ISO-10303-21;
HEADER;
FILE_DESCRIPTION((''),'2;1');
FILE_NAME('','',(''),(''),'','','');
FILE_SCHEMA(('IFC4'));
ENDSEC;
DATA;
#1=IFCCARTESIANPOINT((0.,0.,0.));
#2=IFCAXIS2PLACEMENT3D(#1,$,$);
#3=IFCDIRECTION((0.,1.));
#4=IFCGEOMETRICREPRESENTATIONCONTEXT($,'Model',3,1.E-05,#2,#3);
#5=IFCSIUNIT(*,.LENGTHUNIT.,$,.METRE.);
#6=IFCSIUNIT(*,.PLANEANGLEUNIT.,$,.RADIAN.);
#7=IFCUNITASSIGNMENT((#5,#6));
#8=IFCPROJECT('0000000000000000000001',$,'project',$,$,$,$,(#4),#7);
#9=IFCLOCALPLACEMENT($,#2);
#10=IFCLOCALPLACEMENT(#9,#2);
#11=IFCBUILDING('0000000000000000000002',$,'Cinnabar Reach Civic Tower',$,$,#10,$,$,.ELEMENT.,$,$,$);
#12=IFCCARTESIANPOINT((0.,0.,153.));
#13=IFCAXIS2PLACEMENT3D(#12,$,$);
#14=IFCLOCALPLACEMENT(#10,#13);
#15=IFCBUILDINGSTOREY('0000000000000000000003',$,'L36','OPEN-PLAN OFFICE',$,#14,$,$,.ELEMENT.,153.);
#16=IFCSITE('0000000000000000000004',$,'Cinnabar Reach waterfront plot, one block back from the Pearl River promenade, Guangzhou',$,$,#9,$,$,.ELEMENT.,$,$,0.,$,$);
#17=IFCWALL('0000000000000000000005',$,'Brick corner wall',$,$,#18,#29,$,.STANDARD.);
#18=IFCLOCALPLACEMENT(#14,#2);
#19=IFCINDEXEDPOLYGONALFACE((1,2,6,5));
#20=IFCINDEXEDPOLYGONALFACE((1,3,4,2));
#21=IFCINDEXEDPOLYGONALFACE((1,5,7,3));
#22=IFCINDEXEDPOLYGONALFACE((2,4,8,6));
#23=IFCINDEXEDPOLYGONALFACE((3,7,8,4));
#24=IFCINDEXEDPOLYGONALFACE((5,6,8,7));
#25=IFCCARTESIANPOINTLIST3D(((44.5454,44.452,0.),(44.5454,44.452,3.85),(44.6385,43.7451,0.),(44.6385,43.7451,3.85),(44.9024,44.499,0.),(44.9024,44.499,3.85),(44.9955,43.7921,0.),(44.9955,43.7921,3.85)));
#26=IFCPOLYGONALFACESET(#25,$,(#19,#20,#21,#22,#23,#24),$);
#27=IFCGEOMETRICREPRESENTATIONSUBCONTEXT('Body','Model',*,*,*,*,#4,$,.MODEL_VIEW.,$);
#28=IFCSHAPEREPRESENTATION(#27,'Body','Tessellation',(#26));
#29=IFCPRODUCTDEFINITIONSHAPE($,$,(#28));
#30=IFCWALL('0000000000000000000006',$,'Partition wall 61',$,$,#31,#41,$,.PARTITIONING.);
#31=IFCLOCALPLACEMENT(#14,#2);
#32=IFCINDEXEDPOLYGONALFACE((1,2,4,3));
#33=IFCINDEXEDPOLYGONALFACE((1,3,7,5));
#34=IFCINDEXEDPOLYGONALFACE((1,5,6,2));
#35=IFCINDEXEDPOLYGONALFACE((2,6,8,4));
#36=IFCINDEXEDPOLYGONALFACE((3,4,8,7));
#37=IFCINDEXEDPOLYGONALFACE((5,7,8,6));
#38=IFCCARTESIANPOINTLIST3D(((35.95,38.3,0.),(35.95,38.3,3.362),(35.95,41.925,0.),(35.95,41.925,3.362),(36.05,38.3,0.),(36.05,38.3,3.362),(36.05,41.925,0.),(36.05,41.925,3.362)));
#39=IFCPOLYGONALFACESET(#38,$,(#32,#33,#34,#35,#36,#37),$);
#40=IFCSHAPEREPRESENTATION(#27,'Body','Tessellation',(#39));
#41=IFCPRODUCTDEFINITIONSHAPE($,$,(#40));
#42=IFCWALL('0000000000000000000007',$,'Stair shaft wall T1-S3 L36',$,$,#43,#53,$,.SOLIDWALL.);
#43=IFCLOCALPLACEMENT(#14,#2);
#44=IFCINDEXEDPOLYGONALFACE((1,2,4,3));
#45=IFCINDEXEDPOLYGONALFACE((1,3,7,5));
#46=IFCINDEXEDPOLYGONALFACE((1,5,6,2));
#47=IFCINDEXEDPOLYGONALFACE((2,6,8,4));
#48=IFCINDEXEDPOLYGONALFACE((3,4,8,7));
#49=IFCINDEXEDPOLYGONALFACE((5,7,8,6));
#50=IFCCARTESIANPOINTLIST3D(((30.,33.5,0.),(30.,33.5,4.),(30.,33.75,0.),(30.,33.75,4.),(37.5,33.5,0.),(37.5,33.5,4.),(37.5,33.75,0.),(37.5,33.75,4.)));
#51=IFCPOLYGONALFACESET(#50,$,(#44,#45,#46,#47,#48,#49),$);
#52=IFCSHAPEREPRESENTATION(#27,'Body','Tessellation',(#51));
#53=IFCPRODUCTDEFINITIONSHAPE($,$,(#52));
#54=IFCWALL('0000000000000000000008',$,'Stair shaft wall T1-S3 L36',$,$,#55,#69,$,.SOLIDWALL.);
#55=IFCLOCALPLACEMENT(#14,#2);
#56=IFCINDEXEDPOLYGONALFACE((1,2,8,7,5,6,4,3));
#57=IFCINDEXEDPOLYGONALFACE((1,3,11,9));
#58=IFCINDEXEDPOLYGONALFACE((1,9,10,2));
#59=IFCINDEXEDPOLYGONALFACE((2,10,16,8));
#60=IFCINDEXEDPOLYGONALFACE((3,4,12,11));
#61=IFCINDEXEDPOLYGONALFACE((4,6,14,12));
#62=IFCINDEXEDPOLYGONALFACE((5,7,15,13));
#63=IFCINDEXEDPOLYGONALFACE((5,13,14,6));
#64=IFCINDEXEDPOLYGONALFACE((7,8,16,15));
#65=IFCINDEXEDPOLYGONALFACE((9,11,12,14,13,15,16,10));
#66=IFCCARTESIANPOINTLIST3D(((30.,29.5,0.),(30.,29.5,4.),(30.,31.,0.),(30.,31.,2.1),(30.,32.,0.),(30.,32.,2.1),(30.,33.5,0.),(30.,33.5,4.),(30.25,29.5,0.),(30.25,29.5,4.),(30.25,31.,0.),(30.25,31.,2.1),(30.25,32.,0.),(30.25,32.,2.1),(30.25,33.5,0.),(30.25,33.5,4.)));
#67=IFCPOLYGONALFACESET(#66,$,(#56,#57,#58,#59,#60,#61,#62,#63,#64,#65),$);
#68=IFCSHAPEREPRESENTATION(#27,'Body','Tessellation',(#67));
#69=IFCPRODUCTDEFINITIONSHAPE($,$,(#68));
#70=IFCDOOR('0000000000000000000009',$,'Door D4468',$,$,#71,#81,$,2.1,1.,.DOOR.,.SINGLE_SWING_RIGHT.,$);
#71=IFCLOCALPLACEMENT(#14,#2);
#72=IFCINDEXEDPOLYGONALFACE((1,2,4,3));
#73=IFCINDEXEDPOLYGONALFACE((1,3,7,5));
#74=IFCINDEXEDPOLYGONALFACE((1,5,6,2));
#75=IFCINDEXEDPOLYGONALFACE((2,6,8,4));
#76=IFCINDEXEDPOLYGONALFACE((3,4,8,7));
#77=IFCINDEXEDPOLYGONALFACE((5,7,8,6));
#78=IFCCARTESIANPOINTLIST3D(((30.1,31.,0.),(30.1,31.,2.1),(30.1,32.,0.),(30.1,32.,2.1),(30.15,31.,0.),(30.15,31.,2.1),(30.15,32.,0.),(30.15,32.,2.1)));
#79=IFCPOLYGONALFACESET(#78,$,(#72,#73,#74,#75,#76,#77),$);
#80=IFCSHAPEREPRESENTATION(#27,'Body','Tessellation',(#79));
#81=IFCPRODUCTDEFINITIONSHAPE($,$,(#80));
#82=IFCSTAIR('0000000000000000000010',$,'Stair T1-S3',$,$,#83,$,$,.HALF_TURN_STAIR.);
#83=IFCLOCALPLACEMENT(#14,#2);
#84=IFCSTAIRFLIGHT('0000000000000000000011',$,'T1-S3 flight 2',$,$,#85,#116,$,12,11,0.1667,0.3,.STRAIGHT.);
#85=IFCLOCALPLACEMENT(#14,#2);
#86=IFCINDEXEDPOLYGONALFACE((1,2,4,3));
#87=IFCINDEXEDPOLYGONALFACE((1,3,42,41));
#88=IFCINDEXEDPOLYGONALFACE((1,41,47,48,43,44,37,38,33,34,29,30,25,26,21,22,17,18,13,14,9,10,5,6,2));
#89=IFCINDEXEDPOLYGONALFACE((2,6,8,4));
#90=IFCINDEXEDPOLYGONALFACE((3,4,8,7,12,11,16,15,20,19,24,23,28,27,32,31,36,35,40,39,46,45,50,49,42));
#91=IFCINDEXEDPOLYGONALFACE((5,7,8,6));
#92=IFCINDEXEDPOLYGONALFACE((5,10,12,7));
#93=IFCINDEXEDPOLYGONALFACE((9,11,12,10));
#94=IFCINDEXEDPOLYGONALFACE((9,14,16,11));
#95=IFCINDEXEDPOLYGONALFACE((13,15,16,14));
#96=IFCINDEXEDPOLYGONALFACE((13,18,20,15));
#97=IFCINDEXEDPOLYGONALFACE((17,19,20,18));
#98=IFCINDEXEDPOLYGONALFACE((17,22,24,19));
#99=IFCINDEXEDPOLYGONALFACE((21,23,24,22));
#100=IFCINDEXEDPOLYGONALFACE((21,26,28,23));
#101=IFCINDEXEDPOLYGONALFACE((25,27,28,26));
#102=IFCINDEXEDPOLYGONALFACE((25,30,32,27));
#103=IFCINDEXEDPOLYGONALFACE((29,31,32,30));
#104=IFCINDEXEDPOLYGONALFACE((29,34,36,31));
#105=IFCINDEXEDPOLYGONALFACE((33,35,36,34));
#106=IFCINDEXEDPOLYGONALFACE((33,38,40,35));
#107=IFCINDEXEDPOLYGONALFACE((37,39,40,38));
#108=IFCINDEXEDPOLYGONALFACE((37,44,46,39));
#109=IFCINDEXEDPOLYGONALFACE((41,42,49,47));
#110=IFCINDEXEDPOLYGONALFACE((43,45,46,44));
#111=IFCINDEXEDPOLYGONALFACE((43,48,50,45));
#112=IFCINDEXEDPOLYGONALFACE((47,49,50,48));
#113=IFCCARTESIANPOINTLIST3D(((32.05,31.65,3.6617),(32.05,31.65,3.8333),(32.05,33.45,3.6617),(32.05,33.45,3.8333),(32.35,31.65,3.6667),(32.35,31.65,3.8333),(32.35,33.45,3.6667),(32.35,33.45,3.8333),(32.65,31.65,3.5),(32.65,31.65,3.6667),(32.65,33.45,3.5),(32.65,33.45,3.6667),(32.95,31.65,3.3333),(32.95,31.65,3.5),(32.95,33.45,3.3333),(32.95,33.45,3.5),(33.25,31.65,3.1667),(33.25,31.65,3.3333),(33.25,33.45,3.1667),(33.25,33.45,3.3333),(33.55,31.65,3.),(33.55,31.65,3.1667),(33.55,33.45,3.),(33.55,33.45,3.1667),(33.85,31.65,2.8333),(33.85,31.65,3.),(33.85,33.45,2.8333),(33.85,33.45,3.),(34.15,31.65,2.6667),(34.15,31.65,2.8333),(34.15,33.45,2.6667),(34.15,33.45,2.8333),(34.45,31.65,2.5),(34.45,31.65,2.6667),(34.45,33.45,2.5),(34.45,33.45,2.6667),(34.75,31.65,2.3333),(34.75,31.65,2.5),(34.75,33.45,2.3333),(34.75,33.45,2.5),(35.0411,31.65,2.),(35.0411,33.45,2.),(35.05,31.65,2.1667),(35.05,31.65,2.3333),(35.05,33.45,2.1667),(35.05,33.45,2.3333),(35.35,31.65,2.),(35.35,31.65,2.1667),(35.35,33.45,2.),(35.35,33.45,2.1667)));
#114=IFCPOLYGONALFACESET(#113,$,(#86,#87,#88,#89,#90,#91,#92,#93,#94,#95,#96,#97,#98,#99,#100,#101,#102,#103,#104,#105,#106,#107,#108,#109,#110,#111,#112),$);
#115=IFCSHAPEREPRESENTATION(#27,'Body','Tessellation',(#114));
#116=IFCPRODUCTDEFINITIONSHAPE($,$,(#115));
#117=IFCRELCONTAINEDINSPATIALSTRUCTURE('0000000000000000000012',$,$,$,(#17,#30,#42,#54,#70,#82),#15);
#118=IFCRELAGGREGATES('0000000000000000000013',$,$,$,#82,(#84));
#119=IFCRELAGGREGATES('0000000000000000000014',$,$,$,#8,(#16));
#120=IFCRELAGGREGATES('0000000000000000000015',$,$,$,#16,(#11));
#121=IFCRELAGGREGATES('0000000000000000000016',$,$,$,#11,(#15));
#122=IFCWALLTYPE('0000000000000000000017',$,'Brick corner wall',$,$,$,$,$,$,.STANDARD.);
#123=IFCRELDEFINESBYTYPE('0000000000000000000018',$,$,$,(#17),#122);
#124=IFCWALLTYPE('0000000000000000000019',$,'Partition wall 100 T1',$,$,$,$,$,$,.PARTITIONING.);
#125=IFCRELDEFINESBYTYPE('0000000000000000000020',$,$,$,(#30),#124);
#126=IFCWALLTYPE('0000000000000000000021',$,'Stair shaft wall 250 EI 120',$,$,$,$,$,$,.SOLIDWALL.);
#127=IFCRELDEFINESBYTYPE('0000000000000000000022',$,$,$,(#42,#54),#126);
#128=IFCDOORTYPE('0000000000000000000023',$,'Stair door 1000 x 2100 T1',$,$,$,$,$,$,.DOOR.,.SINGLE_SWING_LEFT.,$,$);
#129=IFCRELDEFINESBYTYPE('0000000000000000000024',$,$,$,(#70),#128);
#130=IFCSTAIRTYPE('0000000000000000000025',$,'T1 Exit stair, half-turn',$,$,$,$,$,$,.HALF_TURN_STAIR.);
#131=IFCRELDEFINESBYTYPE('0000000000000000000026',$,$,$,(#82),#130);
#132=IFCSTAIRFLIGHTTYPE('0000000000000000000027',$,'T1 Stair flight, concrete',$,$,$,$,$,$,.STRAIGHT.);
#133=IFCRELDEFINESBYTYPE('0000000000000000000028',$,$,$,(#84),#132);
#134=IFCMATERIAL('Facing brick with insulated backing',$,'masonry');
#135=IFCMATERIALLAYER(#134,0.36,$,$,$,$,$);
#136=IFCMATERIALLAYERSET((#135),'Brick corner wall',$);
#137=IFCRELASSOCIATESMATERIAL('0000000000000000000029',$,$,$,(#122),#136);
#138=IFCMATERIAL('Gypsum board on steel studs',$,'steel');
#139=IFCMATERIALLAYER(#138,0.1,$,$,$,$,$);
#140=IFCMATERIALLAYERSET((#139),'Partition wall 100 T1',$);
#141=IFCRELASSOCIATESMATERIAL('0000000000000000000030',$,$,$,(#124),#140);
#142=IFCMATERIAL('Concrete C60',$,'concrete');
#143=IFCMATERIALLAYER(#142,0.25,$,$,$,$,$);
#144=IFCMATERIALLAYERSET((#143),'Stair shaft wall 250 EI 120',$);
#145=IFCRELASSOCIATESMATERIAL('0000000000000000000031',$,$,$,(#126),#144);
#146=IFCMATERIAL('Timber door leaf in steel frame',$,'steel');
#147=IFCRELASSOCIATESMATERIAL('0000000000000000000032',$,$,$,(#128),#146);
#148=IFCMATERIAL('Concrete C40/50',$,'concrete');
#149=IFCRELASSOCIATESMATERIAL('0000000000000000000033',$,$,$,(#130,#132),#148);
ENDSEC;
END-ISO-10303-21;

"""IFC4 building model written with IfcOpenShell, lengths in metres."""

from ifc_helpers import new_model, si_unit, direction, frame, frame_2d, origin, place, context, subcontext, project, spatial, polyline, rectangle, outline, extrude, material, layer, layer_set, type_object, element, fill, aggregate, save


model = new_model("IFC4")

# Units and contexts
model_context = context("Model", 3, precision=1e-05, world=origin(), true_north=direction((0.0, 1.0)))
body_context = subcontext(model_context, "Body", "Model", "MODEL_VIEW")
ifc_project = project(units=[si_unit("LENGTHUNIT", "METRE"), si_unit("PLANEANGLEUNIT", "RADIAN")], contexts=[model_context])

# Site, building, storey
site_placement = place(None, origin())
site = spatial("IfcSite", under=ifc_project, at=site_placement, Name="Cinnabar Reach waterfront plot, one block back from the Pearl River promenade, Guangzhou", CompositionType="ELEMENT", RefElevation=0.0)
building_placement = place(site_placement, origin())
building = spatial("IfcBuilding", under=site, at=building_placement, Name="Cinnabar Reach Civic Tower", CompositionType="ELEMENT")
storey_placement = place(building_placement, frame((0.0, 0.0, 153.0)))
storey = spatial("IfcBuildingStorey", under=building, at=storey_placement, Name="L36", Description="OPEN-PLAN OFFICE", CompositionType="ELEMENT", Elevation=153.0)

# Walls
ifc_material_1 = material(Name="Facing brick with insulated backing", Category="masonry")
ifc_layer_1 = layer(ifc_material_1, 0.36)
ifc_layer_set_1 = layer_set([ifc_layer_1], Name="Brick corner wall")
wall_type_1 = type_object("IfcWallType", Name="Brick corner wall", PredefinedType="STANDARD", material=ifc_layer_set_1)
wall_1_placement = place(storey_placement, frame((44.817, 43.7686, 0.0), z_axis=(0.0, 0.0, 1.0), x_axis=(-0.130556, 0.991441, 0.0)))
element("IfcWall", 1, at=wall_1_placement, inside=storey, type_object=wall_type_1, Name="Brick corner wall", PredefinedType="STANDARD", context=body_context, shape_type="SweptSolid", body=[
    extrude(rectangle(XDim=0.7131, YDim=0.36, at=frame_2d((0.3565, 0.0))), origin(), (0.0, 0.0, 1.0), 3.85),
])
ifc_material_2 = material(Name="Gypsum board on steel studs", Category="steel")
ifc_layer_2 = layer(ifc_material_2, 0.1)
ifc_layer_set_2 = layer_set([ifc_layer_2], Name="Partition wall 100 T1")
wall_type_2 = type_object("IfcWallType", Name="Partition wall 100 T1", PredefinedType="PARTITIONING", material=ifc_layer_set_2)
wall_2_placement = place(storey_placement, frame((36.0, 38.3, 0.0), z_axis=(0.0, 0.0, 1.0), x_axis=(0.0, 1.0, 0.0)))
element("IfcWall", 2, at=wall_2_placement, inside=storey, type_object=wall_type_2, Name="Partition wall 61", PredefinedType="PARTITIONING", context=body_context, shape_type="SweptSolid", body=[
    extrude(rectangle(XDim=3.625, YDim=0.1, at=frame_2d((1.8125, 0.0))), origin(), (0.0, 0.0, 1.0), 3.362),
])
ifc_material_3 = material(Name="Concrete C60", Category="concrete")
ifc_layer_3 = layer(ifc_material_3, 0.25)
ifc_layer_set_3 = layer_set([ifc_layer_3], Name="Stair shaft wall 250 EI 120")
wall_type_3 = type_object("IfcWallType", Name="Stair shaft wall 250 EI 120", PredefinedType="SOLIDWALL", material=ifc_layer_set_3)
wall_3_placement = place(storey_placement, frame((37.5, 33.625, 0.0), z_axis=(0.0, 0.0, 1.0), x_axis=(-1.0, 0.0, 0.0)))
element("IfcWall", 3, at=wall_3_placement, inside=storey, type_object=wall_type_3, Name="Stair shaft wall T1-S3 L36", PredefinedType="SOLIDWALL", context=body_context, shape_type="SweptSolid", body=[
    extrude(rectangle(XDim=7.5, YDim=0.25, at=frame_2d((3.75, 0.0))), origin(), (0.0, 0.0, 1.0), 4.0),
])

# Wall, opening, door
wall_4_placement = place(storey_placement, frame((30.125, 33.5, 0.0), z_axis=(0.0, 0.0, 1.0), x_axis=(0.0, -1.0, 0.0)))
wall_4 = element("IfcWall", 4, at=wall_4_placement, inside=storey, type_object=wall_type_3, Name="Stair shaft wall T1-S3 L36", PredefinedType="SOLIDWALL", context=body_context, shape_type="SweptSolid", body=[
    extrude(rectangle(XDim=4.0, YDim=0.25, at=frame_2d((2.0, 0.0))), origin(), (0.0, 0.0, 1.0), 4.0),
])
opening_placement = place(wall_4_placement, frame((1.5, 0.0, 0.0)))
opening = element("IfcOpeningElement", 5, at=opening_placement, cuts=wall_4, PredefinedType="OPENING", context=body_context, shape_type="SweptSolid", body=[
    extrude(rectangle(XDim=1.0, YDim=2.1, at=frame_2d((0.5, 1.05))), frame((0.0, 0.135, 0.0), z_axis=(0.0, -1.0, 0.0), x_axis=(1.0, 0.0, 0.0)), (0.0, 0.0, 1.0), 0.27),
])
ifc_material_4 = material(Name="Timber door leaf in steel frame", Category="steel")
door_type = type_object("IfcDoorType", Name="Stair door 1000 x 2100 T1", OperationType="SINGLE_SWING_LEFT", PredefinedType="DOOR", material=ifc_material_4)
door_placement = place(opening_placement, origin())
door = element("IfcDoor", 6, at=door_placement, inside=storey, type_object=door_type, Name="Door D4468", OperationType="SINGLE_SWING_RIGHT", OverallHeight=2.1, OverallWidth=1.0, PredefinedType="DOOR", context=body_context, shape_type="SweptSolid", body=[
    extrude(rectangle(XDim=1.0, YDim=2.1, at=frame_2d((0.5, 1.05))), frame((0.0, 0.025, 0.0), z_axis=(0.0, -1.0, 0.0), x_axis=(1.0, 0.0, 0.0)), (0.0, 0.0, 1.0), 0.05),
])
fill(opening, door)

# Stair, stair flight
ifc_material_5 = material(Name="Concrete C40/50", Category="concrete")
stair_type = type_object("IfcStairType", Name="T1 Exit stair, half-turn", PredefinedType="HALF_TURN_STAIR", material=ifc_material_5)
stair_placement = place(storey_placement, origin())
stair = element("IfcStair", 7, at=stair_placement, inside=storey, type_object=stair_type, Name="Stair T1-S3", PredefinedType="HALF_TURN_STAIR")
stair_flight_type = type_object("IfcStairFlightType", Name="T1 Stair flight, concrete", PredefinedType="STRAIGHT", material=ifc_material_5)
stair_flight_placement = place(storey_placement, frame((35.35, 32.55, 2.0), z_axis=(0.0, 0.0, 1.0), x_axis=(-1.0, 0.0, 0.0)))
stair_flight = element("IfcStairFlight", 8, at=stair_flight_placement, type_object=stair_flight_type, Name="T1-S3 flight 2", NumberOfRisers=12, NumberOfTreads=11, PredefinedType="STRAIGHT", RiserHeight=0.1667, TreadLength=0.3, context=body_context, shape_type="SweptSolid", body=[
    extrude(outline(polyline([(0.0, 0.0), (0.0, 0.1667), (0.3, 0.1667), (0.3, 0.3333), (0.6, 0.3333), (0.6, 0.5), (0.9, 0.5), (0.9, 0.6667), (1.2, 0.6667), (1.2, 0.8333), (1.5, 0.8333), (1.5, 1.0), (1.8, 1.0), (1.8, 1.1667), (2.1, 1.1667), (2.1, 1.3333), (2.4, 1.3333), (2.4, 1.5), (2.7, 1.5), (2.7, 1.6667), (3.0, 1.6667), (3.0, 1.8333), (3.3, 1.8333), (3.3, 2.0), (3.3, 1.6617), (0.3089, 0.0), (0.0, 0.0)])), frame((0.0, 0.9, 0.0), z_axis=(0.0, -1.0, 0.0), x_axis=(1.0, 0.0, 0.0)), (0.0, 0.0, 1.0), 1.8),
])
aggregate(stair, [stair_flight])

save(model, "model.ifc")
